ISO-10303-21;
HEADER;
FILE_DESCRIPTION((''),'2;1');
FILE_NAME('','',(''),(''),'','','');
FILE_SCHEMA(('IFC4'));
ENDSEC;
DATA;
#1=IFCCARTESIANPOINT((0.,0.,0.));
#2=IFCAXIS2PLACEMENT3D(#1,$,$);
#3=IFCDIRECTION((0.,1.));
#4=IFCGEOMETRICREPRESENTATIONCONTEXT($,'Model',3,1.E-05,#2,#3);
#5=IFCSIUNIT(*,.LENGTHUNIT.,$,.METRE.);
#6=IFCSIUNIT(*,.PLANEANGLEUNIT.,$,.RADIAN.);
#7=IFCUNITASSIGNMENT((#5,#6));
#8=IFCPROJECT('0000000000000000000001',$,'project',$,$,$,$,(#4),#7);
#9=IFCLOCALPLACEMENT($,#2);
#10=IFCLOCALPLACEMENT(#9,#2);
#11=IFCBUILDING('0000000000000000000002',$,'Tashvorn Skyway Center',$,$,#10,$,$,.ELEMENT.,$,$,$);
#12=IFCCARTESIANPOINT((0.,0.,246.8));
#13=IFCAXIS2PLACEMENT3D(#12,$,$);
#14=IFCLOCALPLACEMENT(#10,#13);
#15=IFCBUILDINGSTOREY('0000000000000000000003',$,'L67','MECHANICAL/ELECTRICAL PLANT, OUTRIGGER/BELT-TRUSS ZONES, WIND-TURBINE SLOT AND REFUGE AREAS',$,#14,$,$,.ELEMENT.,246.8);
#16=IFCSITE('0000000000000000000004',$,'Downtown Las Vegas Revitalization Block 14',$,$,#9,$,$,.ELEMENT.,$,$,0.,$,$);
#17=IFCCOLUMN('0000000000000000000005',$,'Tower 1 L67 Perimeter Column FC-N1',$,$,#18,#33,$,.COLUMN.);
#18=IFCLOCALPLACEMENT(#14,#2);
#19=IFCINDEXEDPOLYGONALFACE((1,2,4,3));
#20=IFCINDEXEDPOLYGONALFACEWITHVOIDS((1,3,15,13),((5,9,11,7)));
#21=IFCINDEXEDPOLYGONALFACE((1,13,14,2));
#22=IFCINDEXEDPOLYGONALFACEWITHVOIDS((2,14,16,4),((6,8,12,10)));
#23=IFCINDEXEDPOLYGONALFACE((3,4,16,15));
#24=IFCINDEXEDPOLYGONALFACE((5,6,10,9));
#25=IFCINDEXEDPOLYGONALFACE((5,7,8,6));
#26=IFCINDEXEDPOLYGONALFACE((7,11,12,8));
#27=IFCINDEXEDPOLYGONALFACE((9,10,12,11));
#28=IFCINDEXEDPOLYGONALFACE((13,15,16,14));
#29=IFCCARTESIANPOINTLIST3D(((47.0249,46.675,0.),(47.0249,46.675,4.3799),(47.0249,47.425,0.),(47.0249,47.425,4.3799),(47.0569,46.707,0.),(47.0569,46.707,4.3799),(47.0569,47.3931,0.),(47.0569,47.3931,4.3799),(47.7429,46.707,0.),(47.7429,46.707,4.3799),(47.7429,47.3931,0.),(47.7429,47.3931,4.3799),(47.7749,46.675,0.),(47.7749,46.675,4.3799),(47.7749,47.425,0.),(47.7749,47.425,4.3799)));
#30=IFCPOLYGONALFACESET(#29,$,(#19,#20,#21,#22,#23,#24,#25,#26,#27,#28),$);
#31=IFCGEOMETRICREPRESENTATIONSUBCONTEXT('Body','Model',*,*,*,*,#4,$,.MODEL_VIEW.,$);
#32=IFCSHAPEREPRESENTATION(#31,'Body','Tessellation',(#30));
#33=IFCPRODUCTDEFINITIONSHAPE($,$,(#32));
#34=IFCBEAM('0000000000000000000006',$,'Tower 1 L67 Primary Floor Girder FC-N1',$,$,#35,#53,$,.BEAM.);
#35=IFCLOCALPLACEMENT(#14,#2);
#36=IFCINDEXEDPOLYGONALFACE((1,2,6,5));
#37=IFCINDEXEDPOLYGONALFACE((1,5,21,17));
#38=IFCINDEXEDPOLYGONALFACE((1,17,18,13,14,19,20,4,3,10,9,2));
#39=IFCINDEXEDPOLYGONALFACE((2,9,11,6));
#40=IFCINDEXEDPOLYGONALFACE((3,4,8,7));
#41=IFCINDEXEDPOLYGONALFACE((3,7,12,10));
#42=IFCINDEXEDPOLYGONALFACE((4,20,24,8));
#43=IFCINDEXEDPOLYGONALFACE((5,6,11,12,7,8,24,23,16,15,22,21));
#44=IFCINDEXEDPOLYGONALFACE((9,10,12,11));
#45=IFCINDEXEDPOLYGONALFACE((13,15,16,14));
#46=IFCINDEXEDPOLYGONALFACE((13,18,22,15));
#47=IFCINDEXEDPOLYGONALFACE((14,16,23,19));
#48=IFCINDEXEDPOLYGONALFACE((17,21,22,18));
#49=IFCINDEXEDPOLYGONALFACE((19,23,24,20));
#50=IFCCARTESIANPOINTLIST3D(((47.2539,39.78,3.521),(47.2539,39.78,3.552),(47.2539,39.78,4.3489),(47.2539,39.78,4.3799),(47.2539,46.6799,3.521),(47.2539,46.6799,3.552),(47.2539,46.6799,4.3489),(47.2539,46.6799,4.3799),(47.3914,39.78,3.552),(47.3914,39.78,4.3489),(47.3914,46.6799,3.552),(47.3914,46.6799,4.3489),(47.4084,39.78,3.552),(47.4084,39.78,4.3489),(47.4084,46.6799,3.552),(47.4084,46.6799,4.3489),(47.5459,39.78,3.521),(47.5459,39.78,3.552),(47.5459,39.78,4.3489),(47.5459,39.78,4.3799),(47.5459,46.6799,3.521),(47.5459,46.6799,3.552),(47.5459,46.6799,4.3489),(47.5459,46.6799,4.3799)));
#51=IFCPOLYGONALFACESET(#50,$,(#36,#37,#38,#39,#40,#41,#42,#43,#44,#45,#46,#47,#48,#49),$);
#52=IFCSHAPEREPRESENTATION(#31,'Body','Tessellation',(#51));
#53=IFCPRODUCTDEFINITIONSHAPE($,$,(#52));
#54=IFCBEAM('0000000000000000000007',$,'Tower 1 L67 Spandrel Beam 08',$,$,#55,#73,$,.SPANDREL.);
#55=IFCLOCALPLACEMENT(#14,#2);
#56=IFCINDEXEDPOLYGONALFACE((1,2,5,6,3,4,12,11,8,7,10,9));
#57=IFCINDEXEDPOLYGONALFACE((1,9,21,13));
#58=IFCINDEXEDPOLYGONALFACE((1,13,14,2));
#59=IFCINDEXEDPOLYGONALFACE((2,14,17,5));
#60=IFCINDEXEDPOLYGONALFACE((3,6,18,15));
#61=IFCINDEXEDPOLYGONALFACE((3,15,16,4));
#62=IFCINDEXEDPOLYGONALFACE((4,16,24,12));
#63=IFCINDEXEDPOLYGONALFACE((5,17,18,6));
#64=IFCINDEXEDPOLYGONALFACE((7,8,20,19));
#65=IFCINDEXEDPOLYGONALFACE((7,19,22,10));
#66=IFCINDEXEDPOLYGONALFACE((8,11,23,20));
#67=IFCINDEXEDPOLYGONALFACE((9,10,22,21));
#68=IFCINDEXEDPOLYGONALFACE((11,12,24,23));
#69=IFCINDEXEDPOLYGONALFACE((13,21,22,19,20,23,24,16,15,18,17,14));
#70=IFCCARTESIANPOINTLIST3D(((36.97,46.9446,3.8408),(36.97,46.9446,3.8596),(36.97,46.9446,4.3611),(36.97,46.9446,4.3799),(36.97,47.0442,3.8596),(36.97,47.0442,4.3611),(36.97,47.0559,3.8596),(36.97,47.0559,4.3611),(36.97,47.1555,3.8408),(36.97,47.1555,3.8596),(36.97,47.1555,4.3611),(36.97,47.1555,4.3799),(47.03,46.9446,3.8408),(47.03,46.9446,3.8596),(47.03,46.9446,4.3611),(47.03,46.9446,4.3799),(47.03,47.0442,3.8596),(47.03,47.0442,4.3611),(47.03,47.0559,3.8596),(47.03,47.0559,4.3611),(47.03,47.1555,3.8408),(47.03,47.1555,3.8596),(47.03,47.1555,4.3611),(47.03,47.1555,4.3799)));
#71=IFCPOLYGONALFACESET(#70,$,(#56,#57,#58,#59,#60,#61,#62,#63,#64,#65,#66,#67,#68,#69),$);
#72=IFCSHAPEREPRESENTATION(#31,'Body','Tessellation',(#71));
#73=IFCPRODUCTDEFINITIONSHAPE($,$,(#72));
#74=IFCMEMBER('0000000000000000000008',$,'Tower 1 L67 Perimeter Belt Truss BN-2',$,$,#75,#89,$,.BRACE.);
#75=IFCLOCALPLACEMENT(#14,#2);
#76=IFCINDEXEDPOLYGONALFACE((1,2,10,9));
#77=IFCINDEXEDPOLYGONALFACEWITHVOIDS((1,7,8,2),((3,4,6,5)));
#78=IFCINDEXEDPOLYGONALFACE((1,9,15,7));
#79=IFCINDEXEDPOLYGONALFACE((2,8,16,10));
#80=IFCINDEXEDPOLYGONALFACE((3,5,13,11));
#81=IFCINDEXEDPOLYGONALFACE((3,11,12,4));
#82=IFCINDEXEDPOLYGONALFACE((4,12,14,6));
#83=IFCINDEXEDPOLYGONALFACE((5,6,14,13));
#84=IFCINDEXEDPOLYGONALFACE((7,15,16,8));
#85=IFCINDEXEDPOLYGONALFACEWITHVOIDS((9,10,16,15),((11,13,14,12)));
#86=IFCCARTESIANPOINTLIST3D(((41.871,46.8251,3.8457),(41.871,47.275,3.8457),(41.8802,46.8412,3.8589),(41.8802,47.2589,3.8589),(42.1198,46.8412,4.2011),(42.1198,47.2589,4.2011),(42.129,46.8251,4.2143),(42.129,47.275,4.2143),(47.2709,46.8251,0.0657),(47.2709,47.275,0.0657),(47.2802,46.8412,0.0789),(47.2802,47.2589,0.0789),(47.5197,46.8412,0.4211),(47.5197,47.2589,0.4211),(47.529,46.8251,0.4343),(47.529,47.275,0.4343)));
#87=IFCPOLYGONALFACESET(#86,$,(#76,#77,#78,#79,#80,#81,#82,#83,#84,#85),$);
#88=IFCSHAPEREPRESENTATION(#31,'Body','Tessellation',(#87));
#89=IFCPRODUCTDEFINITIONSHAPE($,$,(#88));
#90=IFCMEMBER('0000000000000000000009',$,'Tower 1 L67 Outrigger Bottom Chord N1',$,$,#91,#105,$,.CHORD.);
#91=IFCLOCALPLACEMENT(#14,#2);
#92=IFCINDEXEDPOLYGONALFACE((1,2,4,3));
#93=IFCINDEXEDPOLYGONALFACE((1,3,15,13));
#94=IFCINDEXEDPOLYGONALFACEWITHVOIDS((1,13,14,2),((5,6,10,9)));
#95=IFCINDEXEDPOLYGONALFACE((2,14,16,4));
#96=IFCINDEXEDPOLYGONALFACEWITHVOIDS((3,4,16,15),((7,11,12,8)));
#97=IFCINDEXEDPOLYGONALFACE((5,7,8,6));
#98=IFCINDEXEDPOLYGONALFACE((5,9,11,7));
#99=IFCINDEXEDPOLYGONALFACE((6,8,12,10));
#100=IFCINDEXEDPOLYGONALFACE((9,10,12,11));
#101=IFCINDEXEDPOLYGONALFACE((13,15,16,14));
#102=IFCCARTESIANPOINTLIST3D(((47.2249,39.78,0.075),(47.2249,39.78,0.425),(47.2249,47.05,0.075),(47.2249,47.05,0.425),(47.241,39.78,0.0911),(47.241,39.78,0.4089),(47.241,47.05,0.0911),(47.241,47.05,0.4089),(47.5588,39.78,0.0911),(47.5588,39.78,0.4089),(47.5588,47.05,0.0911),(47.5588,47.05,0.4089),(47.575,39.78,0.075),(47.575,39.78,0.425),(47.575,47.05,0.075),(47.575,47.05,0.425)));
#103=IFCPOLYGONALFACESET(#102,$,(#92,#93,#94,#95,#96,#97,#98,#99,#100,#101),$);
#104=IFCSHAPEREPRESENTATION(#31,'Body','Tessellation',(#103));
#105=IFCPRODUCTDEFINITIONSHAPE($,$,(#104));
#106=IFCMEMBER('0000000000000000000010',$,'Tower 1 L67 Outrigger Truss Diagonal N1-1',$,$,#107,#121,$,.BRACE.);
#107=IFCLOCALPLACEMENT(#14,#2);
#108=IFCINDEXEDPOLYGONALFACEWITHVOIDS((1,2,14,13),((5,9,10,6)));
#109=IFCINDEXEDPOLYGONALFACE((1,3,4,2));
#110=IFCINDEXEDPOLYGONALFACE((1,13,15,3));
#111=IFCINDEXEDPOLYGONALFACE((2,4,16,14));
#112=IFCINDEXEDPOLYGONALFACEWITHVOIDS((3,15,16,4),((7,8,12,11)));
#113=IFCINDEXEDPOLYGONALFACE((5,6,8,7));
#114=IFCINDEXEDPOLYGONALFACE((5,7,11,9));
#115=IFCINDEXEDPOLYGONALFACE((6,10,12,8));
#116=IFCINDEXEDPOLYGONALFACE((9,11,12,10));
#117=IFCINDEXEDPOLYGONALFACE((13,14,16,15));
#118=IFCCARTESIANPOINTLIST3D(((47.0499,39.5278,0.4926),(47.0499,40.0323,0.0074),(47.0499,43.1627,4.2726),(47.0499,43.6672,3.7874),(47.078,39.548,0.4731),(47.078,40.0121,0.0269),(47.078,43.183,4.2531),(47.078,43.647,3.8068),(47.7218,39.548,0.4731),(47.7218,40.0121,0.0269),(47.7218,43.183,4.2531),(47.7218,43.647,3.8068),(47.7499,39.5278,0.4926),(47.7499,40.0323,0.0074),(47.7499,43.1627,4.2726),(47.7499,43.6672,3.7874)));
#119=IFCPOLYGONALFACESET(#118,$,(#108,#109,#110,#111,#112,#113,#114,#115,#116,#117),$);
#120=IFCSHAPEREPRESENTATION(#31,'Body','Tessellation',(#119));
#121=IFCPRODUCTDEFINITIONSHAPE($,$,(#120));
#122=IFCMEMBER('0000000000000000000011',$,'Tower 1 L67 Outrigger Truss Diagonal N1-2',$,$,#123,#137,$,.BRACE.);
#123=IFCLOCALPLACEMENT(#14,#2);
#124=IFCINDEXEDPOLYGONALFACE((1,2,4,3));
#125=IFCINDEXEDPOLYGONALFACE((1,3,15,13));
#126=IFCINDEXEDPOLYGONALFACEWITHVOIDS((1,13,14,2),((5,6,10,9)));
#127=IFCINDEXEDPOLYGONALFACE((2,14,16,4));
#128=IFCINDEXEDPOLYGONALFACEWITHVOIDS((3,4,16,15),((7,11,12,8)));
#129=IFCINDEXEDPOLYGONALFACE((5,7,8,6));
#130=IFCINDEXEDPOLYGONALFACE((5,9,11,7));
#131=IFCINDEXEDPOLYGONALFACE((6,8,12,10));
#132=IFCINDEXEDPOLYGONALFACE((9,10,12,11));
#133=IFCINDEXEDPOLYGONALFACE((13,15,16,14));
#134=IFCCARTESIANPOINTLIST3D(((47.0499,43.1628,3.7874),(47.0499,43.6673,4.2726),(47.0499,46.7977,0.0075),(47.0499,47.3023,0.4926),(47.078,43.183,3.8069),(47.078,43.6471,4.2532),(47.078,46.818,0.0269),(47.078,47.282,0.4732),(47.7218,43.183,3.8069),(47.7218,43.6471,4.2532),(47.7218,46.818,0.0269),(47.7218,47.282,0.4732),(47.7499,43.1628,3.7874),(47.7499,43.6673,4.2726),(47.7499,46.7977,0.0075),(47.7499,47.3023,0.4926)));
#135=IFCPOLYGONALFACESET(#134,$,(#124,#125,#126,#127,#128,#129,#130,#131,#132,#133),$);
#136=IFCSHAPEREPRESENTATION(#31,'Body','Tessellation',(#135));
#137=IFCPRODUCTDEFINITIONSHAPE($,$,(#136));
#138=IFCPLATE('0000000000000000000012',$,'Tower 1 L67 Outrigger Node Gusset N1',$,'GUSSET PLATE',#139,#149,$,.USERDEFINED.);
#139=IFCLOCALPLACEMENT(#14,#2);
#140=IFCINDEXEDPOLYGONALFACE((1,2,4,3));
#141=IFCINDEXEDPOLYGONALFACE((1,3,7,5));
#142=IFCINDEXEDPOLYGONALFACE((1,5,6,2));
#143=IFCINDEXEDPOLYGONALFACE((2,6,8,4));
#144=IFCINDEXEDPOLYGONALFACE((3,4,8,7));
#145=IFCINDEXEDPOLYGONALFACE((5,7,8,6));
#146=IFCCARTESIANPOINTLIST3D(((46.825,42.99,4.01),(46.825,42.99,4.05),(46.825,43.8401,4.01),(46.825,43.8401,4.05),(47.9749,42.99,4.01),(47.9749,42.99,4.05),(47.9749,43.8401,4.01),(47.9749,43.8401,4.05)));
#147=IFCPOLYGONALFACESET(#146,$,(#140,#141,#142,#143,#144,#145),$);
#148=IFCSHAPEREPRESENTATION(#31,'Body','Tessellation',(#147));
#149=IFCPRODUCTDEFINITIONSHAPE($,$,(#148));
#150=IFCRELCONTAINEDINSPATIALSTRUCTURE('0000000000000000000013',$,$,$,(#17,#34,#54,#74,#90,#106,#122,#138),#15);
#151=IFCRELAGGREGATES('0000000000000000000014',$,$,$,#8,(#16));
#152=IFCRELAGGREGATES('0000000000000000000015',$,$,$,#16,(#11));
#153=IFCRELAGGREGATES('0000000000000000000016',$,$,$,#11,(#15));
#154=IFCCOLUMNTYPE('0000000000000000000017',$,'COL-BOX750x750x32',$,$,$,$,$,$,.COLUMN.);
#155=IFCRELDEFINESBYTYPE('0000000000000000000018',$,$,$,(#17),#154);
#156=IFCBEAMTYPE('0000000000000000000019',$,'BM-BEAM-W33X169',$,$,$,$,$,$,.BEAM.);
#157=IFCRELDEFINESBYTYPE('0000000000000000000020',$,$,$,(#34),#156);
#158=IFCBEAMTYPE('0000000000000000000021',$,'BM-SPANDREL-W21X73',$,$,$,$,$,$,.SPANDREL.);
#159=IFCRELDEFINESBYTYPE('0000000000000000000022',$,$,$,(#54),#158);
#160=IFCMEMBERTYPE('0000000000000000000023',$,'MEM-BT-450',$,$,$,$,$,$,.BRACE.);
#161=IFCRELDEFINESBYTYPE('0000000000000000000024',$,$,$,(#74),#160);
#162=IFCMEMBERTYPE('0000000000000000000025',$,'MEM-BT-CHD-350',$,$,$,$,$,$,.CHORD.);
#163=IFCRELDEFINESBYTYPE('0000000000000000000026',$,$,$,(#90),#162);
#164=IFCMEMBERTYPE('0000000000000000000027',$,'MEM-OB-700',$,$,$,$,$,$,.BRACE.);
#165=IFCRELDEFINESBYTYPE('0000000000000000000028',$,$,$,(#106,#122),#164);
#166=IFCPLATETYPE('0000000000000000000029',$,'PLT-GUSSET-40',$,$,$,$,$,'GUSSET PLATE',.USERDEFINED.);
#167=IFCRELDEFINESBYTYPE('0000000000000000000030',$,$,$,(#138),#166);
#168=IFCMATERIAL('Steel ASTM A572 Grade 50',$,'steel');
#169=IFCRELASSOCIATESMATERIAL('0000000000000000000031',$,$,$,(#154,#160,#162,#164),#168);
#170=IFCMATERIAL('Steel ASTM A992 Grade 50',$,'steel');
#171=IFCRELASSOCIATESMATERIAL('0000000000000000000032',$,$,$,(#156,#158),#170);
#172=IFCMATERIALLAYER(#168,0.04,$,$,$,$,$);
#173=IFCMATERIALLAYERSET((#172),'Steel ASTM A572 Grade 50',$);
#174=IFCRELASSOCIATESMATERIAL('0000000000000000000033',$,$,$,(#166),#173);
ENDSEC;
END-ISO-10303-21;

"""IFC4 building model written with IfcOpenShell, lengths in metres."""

from ifc_helpers import new_model, si_unit, direction, frame, origin, origin_2d, place, context, subcontext, project, spatial, rectangle, hollow_rectangle, i_section, extrude, material, layer, layer_set, material_profile, profile_set, type_object, element, save


model = new_model("IFC4")

# Units and contexts
model_context = context("Model", 3, precision=1e-05, world=origin(), true_north=direction((0.0, 1.0)))
body_context = subcontext(model_context, "Body", "Model", "MODEL_VIEW")
ifc_project = project(units=[si_unit("LENGTHUNIT", "METRE"), si_unit("PLANEANGLEUNIT", "RADIAN")], contexts=[model_context])

# Site, building, storey
site_placement = place(None, origin())
site = spatial("IfcSite", under=ifc_project, at=site_placement, Name="Downtown Las Vegas Revitalization Block 14", CompositionType="ELEMENT", RefElevation=0.0)
building_placement = place(site_placement, origin())
building = spatial("IfcBuilding", under=site, at=building_placement, Name="Tashvorn Skyway Center", CompositionType="ELEMENT")
storey_placement = place(building_placement, frame((0.0, 0.0, 246.8)))
storey = spatial("IfcBuildingStorey", under=building, at=storey_placement, Name="L67", Description="MECHANICAL/ELECTRICAL PLANT, OUTRIGGER/BELT-TRUSS ZONES, WIND-TURBINE SLOT AND REFUGE AREAS", CompositionType="ELEMENT", Elevation=246.8)

# Column
ifc_material_1 = material(Name="Steel ASTM A572 Grade 50", Category="steel")
ifc_material_profile_1 = material_profile(ifc_material_1, hollow_rectangle(XDim=0.75, YDim=0.75, WallThickness=0.032, at=origin_2d()), Name="BOX750x750x32")
ifc_profile_set_1 = profile_set([ifc_material_profile_1], Name="Steel ASTM A572 Grade 50")
column_type = type_object("IfcColumnType", Name="COL-BOX750x750x32", PredefinedType="COLUMN", material=ifc_profile_set_1)
column_placement = place(storey_placement, frame((47.3999, 47.05, 0.0), z_axis=(0.0, 0.0, 1.0), x_axis=(1.0, 0.0, 0.0)))
element("IfcColumn", 1, at=column_placement, inside=storey, type_object=column_type, Name="Tower 1 L67 Perimeter Column FC-N1", PredefinedType="COLUMN", context=body_context, shape_type="SweptSolid", body=[
    extrude(hollow_rectangle(XDim=0.75, YDim=0.75, WallThickness=0.032, at=origin_2d()), origin(), (0.0, 0.0, 1.0), 4.3799),
])

# Beams
ifc_material_2 = material(Name="Steel ASTM A992 Grade 50", Category="steel")
ifc_material_profile_2 = material_profile(ifc_material_2, i_section(OverallWidth=0.292, OverallDepth=0.8589, WebThickness=0.0171, FlangeThickness=0.031, at=origin_2d()), Name="W33X169")
ifc_profile_set_2 = profile_set([ifc_material_profile_2], Name="Steel ASTM A992 Grade 50")
beam_type_1 = type_object("IfcBeamType", Name="BM-BEAM-W33X169", PredefinedType="BEAM", material=ifc_profile_set_2)
beam_1_placement = place(storey_placement, frame((47.3999, 46.6799, 3.9504), z_axis=(0.0, -1.0, 0.0), x_axis=(1.0, 0.0, 0.0)))
element("IfcBeam", 2, at=beam_1_placement, inside=storey, type_object=beam_type_1, Name="Tower 1 L67 Primary Floor Girder FC-N1", PredefinedType="BEAM", context=body_context, shape_type="SweptSolid", body=[
    extrude(i_section(OverallWidth=0.292, OverallDepth=0.8589, WebThickness=0.0171, FlangeThickness=0.031, at=origin_2d()), origin(), (0.0, 0.0, 1.0), 6.8999),
])
ifc_material_profile_3 = material_profile(ifc_material_2, i_section(OverallWidth=0.2109, OverallDepth=0.5391, WebThickness=0.0117, FlangeThickness=0.0188, at=origin_2d()), Name="W21X73")
ifc_profile_set_3 = profile_set([ifc_material_profile_3], Name="Steel ASTM A992 Grade 50")
beam_type_2 = type_object("IfcBeamType", Name="BM-SPANDREL-W21X73", PredefinedType="SPANDREL", material=ifc_profile_set_3)
beam_2_placement = place(storey_placement, frame((47.03, 47.05, 4.1104), z_axis=(-1.0, 0.0, 0.0), x_axis=(0.0, -1.0, 0.0)))
element("IfcBeam", 3, at=beam_2_placement, inside=storey, type_object=beam_type_2, Name="Tower 1 L67 Spandrel Beam 08", PredefinedType="SPANDREL", context=body_context, shape_type="SweptSolid", body=[
    extrude(i_section(OverallWidth=0.2109, OverallDepth=0.5391, WebThickness=0.0117, FlangeThickness=0.0188, at=origin_2d()), origin(), (0.0, 0.0, 1.0), 10.0601),
])

# Members
ifc_material_profile_4 = material_profile(ifc_material_1, hollow_rectangle(XDim=0.45, YDim=0.45, WallThickness=0.0161, at=origin_2d()), Name="HSS450x450x16")
ifc_profile_set_4 = profile_set([ifc_material_profile_4], Name="Steel ASTM A572 Grade 50")
member_type_1 = type_object("IfcMemberType", Name="MEM-BT-450", PredefinedType="BRACE", material=ifc_profile_set_4)
member_1_placement = place(storey_placement, frame((42.0, 47.05, 4.03), z_axis=(0.819225, 0.0, -0.573472), x_axis=(0.0, 1.0, 0.0)))
element("IfcMember", 4, at=member_1_placement, inside=storey, type_object=member_type_1, Name="Tower 1 L67 Perimeter Belt Truss BN-2", PredefinedType="BRACE", context=body_context, shape_type="SweptSolid", body=[
    extrude(hollow_rectangle(XDim=0.45, YDim=0.45, WallThickness=0.0161, at=origin_2d()), origin(), (0.0, 0.0, 1.0), 6.5916),
])
ifc_material_profile_5 = material_profile(ifc_material_1, hollow_rectangle(XDim=0.3501, YDim=0.3501, WallThickness=0.0161, at=origin_2d()), Name="HSS350x350x16")
ifc_profile_set_5 = profile_set([ifc_material_profile_5], Name="Steel ASTM A572 Grade 50")
member_type_2 = type_object("IfcMemberType", Name="MEM-BT-CHD-350", PredefinedType="CHORD", material=ifc_profile_set_5)
member_2_placement = place(storey_placement, frame((47.3999, 39.78, 0.25), z_axis=(0.0, 1.0, 0.0), x_axis=(-1.0, 0.0, 0.0)))
element("IfcMember", 5, at=member_2_placement, inside=storey, type_object=member_type_2, Name="Tower 1 L67 Outrigger Bottom Chord N1", PredefinedType="CHORD", context=body_context, shape_type="SweptSolid", body=[
    extrude(hollow_rectangle(XDim=0.3501, YDim=0.3501, WallThickness=0.0161, at=origin_2d()), origin(), (0.0, 0.0, 1.0), 7.27),
])
ifc_material_profile_6 = material_profile(ifc_material_1, hollow_rectangle(XDim=0.7, YDim=0.7, WallThickness=0.0281, at=origin_2d()), Name="BOX700x700x28")
ifc_profile_set_6 = profile_set([ifc_material_profile_6], Name="Steel ASTM A572 Grade 50")
member_type_3 = type_object("IfcMemberType", Name="MEM-OB-700", PredefinedType="BRACE", material=ifc_profile_set_6)
for number, where, z_axis, x_axis, name in (
    (6, (47.3999, 39.78, 0.25), (0.0, 0.693145, 0.720798), (-1.0, 0.0, 0.0), "Tower 1 L67 Outrigger Truss Diagonal N1-1"),
    (7, (47.3999, 43.415, 4.03), (0.0, 0.693145, -0.720798), (-1.0, 0.0, 0.0), "Tower 1 L67 Outrigger Truss Diagonal N1-2"),
):
    element("IfcMember", number, at=place(storey_placement, frame(where, z_axis=z_axis, x_axis=x_axis)), inside=storey, type_object=member_type_3, Name=name, PredefinedType="BRACE", context=body_context, shape_type="SweptSolid", body=[
        extrude(hollow_rectangle(XDim=0.7, YDim=0.7, WallThickness=0.0281, at=origin_2d()), origin(), (0.0, 0.0, 1.0), 5.2441),
    ])

# Plate
ifc_layer_1 = layer(ifc_material_1, 0.04)
ifc_layer_set_1 = layer_set([ifc_layer_1], Name="Steel ASTM A572 Grade 50")
plate_type = type_object("IfcPlateType", Name="PLT-GUSSET-40", ElementType="GUSSET PLATE", PredefinedType="USERDEFINED", material=ifc_layer_set_1)
plate_placement = place(storey_placement, frame((47.3999, 43.415, 4.01), z_axis=(0.0, 0.0, 1.0), x_axis=(1.0, 0.0, 0.0)))
element("IfcPlate", 8, at=plate_placement, inside=storey, type_object=plate_type, Name="Tower 1 L67 Outrigger Node Gusset N1", ObjectType="GUSSET PLATE", PredefinedType="USERDEFINED", context=body_context, shape_type="SweptSolid", body=[
    extrude(rectangle(XDim=1.1499, YDim=0.8501, at=origin_2d()), origin(), (0.0, 0.0, 1.0), 0.04),
])

save(model, "model.ifc")
